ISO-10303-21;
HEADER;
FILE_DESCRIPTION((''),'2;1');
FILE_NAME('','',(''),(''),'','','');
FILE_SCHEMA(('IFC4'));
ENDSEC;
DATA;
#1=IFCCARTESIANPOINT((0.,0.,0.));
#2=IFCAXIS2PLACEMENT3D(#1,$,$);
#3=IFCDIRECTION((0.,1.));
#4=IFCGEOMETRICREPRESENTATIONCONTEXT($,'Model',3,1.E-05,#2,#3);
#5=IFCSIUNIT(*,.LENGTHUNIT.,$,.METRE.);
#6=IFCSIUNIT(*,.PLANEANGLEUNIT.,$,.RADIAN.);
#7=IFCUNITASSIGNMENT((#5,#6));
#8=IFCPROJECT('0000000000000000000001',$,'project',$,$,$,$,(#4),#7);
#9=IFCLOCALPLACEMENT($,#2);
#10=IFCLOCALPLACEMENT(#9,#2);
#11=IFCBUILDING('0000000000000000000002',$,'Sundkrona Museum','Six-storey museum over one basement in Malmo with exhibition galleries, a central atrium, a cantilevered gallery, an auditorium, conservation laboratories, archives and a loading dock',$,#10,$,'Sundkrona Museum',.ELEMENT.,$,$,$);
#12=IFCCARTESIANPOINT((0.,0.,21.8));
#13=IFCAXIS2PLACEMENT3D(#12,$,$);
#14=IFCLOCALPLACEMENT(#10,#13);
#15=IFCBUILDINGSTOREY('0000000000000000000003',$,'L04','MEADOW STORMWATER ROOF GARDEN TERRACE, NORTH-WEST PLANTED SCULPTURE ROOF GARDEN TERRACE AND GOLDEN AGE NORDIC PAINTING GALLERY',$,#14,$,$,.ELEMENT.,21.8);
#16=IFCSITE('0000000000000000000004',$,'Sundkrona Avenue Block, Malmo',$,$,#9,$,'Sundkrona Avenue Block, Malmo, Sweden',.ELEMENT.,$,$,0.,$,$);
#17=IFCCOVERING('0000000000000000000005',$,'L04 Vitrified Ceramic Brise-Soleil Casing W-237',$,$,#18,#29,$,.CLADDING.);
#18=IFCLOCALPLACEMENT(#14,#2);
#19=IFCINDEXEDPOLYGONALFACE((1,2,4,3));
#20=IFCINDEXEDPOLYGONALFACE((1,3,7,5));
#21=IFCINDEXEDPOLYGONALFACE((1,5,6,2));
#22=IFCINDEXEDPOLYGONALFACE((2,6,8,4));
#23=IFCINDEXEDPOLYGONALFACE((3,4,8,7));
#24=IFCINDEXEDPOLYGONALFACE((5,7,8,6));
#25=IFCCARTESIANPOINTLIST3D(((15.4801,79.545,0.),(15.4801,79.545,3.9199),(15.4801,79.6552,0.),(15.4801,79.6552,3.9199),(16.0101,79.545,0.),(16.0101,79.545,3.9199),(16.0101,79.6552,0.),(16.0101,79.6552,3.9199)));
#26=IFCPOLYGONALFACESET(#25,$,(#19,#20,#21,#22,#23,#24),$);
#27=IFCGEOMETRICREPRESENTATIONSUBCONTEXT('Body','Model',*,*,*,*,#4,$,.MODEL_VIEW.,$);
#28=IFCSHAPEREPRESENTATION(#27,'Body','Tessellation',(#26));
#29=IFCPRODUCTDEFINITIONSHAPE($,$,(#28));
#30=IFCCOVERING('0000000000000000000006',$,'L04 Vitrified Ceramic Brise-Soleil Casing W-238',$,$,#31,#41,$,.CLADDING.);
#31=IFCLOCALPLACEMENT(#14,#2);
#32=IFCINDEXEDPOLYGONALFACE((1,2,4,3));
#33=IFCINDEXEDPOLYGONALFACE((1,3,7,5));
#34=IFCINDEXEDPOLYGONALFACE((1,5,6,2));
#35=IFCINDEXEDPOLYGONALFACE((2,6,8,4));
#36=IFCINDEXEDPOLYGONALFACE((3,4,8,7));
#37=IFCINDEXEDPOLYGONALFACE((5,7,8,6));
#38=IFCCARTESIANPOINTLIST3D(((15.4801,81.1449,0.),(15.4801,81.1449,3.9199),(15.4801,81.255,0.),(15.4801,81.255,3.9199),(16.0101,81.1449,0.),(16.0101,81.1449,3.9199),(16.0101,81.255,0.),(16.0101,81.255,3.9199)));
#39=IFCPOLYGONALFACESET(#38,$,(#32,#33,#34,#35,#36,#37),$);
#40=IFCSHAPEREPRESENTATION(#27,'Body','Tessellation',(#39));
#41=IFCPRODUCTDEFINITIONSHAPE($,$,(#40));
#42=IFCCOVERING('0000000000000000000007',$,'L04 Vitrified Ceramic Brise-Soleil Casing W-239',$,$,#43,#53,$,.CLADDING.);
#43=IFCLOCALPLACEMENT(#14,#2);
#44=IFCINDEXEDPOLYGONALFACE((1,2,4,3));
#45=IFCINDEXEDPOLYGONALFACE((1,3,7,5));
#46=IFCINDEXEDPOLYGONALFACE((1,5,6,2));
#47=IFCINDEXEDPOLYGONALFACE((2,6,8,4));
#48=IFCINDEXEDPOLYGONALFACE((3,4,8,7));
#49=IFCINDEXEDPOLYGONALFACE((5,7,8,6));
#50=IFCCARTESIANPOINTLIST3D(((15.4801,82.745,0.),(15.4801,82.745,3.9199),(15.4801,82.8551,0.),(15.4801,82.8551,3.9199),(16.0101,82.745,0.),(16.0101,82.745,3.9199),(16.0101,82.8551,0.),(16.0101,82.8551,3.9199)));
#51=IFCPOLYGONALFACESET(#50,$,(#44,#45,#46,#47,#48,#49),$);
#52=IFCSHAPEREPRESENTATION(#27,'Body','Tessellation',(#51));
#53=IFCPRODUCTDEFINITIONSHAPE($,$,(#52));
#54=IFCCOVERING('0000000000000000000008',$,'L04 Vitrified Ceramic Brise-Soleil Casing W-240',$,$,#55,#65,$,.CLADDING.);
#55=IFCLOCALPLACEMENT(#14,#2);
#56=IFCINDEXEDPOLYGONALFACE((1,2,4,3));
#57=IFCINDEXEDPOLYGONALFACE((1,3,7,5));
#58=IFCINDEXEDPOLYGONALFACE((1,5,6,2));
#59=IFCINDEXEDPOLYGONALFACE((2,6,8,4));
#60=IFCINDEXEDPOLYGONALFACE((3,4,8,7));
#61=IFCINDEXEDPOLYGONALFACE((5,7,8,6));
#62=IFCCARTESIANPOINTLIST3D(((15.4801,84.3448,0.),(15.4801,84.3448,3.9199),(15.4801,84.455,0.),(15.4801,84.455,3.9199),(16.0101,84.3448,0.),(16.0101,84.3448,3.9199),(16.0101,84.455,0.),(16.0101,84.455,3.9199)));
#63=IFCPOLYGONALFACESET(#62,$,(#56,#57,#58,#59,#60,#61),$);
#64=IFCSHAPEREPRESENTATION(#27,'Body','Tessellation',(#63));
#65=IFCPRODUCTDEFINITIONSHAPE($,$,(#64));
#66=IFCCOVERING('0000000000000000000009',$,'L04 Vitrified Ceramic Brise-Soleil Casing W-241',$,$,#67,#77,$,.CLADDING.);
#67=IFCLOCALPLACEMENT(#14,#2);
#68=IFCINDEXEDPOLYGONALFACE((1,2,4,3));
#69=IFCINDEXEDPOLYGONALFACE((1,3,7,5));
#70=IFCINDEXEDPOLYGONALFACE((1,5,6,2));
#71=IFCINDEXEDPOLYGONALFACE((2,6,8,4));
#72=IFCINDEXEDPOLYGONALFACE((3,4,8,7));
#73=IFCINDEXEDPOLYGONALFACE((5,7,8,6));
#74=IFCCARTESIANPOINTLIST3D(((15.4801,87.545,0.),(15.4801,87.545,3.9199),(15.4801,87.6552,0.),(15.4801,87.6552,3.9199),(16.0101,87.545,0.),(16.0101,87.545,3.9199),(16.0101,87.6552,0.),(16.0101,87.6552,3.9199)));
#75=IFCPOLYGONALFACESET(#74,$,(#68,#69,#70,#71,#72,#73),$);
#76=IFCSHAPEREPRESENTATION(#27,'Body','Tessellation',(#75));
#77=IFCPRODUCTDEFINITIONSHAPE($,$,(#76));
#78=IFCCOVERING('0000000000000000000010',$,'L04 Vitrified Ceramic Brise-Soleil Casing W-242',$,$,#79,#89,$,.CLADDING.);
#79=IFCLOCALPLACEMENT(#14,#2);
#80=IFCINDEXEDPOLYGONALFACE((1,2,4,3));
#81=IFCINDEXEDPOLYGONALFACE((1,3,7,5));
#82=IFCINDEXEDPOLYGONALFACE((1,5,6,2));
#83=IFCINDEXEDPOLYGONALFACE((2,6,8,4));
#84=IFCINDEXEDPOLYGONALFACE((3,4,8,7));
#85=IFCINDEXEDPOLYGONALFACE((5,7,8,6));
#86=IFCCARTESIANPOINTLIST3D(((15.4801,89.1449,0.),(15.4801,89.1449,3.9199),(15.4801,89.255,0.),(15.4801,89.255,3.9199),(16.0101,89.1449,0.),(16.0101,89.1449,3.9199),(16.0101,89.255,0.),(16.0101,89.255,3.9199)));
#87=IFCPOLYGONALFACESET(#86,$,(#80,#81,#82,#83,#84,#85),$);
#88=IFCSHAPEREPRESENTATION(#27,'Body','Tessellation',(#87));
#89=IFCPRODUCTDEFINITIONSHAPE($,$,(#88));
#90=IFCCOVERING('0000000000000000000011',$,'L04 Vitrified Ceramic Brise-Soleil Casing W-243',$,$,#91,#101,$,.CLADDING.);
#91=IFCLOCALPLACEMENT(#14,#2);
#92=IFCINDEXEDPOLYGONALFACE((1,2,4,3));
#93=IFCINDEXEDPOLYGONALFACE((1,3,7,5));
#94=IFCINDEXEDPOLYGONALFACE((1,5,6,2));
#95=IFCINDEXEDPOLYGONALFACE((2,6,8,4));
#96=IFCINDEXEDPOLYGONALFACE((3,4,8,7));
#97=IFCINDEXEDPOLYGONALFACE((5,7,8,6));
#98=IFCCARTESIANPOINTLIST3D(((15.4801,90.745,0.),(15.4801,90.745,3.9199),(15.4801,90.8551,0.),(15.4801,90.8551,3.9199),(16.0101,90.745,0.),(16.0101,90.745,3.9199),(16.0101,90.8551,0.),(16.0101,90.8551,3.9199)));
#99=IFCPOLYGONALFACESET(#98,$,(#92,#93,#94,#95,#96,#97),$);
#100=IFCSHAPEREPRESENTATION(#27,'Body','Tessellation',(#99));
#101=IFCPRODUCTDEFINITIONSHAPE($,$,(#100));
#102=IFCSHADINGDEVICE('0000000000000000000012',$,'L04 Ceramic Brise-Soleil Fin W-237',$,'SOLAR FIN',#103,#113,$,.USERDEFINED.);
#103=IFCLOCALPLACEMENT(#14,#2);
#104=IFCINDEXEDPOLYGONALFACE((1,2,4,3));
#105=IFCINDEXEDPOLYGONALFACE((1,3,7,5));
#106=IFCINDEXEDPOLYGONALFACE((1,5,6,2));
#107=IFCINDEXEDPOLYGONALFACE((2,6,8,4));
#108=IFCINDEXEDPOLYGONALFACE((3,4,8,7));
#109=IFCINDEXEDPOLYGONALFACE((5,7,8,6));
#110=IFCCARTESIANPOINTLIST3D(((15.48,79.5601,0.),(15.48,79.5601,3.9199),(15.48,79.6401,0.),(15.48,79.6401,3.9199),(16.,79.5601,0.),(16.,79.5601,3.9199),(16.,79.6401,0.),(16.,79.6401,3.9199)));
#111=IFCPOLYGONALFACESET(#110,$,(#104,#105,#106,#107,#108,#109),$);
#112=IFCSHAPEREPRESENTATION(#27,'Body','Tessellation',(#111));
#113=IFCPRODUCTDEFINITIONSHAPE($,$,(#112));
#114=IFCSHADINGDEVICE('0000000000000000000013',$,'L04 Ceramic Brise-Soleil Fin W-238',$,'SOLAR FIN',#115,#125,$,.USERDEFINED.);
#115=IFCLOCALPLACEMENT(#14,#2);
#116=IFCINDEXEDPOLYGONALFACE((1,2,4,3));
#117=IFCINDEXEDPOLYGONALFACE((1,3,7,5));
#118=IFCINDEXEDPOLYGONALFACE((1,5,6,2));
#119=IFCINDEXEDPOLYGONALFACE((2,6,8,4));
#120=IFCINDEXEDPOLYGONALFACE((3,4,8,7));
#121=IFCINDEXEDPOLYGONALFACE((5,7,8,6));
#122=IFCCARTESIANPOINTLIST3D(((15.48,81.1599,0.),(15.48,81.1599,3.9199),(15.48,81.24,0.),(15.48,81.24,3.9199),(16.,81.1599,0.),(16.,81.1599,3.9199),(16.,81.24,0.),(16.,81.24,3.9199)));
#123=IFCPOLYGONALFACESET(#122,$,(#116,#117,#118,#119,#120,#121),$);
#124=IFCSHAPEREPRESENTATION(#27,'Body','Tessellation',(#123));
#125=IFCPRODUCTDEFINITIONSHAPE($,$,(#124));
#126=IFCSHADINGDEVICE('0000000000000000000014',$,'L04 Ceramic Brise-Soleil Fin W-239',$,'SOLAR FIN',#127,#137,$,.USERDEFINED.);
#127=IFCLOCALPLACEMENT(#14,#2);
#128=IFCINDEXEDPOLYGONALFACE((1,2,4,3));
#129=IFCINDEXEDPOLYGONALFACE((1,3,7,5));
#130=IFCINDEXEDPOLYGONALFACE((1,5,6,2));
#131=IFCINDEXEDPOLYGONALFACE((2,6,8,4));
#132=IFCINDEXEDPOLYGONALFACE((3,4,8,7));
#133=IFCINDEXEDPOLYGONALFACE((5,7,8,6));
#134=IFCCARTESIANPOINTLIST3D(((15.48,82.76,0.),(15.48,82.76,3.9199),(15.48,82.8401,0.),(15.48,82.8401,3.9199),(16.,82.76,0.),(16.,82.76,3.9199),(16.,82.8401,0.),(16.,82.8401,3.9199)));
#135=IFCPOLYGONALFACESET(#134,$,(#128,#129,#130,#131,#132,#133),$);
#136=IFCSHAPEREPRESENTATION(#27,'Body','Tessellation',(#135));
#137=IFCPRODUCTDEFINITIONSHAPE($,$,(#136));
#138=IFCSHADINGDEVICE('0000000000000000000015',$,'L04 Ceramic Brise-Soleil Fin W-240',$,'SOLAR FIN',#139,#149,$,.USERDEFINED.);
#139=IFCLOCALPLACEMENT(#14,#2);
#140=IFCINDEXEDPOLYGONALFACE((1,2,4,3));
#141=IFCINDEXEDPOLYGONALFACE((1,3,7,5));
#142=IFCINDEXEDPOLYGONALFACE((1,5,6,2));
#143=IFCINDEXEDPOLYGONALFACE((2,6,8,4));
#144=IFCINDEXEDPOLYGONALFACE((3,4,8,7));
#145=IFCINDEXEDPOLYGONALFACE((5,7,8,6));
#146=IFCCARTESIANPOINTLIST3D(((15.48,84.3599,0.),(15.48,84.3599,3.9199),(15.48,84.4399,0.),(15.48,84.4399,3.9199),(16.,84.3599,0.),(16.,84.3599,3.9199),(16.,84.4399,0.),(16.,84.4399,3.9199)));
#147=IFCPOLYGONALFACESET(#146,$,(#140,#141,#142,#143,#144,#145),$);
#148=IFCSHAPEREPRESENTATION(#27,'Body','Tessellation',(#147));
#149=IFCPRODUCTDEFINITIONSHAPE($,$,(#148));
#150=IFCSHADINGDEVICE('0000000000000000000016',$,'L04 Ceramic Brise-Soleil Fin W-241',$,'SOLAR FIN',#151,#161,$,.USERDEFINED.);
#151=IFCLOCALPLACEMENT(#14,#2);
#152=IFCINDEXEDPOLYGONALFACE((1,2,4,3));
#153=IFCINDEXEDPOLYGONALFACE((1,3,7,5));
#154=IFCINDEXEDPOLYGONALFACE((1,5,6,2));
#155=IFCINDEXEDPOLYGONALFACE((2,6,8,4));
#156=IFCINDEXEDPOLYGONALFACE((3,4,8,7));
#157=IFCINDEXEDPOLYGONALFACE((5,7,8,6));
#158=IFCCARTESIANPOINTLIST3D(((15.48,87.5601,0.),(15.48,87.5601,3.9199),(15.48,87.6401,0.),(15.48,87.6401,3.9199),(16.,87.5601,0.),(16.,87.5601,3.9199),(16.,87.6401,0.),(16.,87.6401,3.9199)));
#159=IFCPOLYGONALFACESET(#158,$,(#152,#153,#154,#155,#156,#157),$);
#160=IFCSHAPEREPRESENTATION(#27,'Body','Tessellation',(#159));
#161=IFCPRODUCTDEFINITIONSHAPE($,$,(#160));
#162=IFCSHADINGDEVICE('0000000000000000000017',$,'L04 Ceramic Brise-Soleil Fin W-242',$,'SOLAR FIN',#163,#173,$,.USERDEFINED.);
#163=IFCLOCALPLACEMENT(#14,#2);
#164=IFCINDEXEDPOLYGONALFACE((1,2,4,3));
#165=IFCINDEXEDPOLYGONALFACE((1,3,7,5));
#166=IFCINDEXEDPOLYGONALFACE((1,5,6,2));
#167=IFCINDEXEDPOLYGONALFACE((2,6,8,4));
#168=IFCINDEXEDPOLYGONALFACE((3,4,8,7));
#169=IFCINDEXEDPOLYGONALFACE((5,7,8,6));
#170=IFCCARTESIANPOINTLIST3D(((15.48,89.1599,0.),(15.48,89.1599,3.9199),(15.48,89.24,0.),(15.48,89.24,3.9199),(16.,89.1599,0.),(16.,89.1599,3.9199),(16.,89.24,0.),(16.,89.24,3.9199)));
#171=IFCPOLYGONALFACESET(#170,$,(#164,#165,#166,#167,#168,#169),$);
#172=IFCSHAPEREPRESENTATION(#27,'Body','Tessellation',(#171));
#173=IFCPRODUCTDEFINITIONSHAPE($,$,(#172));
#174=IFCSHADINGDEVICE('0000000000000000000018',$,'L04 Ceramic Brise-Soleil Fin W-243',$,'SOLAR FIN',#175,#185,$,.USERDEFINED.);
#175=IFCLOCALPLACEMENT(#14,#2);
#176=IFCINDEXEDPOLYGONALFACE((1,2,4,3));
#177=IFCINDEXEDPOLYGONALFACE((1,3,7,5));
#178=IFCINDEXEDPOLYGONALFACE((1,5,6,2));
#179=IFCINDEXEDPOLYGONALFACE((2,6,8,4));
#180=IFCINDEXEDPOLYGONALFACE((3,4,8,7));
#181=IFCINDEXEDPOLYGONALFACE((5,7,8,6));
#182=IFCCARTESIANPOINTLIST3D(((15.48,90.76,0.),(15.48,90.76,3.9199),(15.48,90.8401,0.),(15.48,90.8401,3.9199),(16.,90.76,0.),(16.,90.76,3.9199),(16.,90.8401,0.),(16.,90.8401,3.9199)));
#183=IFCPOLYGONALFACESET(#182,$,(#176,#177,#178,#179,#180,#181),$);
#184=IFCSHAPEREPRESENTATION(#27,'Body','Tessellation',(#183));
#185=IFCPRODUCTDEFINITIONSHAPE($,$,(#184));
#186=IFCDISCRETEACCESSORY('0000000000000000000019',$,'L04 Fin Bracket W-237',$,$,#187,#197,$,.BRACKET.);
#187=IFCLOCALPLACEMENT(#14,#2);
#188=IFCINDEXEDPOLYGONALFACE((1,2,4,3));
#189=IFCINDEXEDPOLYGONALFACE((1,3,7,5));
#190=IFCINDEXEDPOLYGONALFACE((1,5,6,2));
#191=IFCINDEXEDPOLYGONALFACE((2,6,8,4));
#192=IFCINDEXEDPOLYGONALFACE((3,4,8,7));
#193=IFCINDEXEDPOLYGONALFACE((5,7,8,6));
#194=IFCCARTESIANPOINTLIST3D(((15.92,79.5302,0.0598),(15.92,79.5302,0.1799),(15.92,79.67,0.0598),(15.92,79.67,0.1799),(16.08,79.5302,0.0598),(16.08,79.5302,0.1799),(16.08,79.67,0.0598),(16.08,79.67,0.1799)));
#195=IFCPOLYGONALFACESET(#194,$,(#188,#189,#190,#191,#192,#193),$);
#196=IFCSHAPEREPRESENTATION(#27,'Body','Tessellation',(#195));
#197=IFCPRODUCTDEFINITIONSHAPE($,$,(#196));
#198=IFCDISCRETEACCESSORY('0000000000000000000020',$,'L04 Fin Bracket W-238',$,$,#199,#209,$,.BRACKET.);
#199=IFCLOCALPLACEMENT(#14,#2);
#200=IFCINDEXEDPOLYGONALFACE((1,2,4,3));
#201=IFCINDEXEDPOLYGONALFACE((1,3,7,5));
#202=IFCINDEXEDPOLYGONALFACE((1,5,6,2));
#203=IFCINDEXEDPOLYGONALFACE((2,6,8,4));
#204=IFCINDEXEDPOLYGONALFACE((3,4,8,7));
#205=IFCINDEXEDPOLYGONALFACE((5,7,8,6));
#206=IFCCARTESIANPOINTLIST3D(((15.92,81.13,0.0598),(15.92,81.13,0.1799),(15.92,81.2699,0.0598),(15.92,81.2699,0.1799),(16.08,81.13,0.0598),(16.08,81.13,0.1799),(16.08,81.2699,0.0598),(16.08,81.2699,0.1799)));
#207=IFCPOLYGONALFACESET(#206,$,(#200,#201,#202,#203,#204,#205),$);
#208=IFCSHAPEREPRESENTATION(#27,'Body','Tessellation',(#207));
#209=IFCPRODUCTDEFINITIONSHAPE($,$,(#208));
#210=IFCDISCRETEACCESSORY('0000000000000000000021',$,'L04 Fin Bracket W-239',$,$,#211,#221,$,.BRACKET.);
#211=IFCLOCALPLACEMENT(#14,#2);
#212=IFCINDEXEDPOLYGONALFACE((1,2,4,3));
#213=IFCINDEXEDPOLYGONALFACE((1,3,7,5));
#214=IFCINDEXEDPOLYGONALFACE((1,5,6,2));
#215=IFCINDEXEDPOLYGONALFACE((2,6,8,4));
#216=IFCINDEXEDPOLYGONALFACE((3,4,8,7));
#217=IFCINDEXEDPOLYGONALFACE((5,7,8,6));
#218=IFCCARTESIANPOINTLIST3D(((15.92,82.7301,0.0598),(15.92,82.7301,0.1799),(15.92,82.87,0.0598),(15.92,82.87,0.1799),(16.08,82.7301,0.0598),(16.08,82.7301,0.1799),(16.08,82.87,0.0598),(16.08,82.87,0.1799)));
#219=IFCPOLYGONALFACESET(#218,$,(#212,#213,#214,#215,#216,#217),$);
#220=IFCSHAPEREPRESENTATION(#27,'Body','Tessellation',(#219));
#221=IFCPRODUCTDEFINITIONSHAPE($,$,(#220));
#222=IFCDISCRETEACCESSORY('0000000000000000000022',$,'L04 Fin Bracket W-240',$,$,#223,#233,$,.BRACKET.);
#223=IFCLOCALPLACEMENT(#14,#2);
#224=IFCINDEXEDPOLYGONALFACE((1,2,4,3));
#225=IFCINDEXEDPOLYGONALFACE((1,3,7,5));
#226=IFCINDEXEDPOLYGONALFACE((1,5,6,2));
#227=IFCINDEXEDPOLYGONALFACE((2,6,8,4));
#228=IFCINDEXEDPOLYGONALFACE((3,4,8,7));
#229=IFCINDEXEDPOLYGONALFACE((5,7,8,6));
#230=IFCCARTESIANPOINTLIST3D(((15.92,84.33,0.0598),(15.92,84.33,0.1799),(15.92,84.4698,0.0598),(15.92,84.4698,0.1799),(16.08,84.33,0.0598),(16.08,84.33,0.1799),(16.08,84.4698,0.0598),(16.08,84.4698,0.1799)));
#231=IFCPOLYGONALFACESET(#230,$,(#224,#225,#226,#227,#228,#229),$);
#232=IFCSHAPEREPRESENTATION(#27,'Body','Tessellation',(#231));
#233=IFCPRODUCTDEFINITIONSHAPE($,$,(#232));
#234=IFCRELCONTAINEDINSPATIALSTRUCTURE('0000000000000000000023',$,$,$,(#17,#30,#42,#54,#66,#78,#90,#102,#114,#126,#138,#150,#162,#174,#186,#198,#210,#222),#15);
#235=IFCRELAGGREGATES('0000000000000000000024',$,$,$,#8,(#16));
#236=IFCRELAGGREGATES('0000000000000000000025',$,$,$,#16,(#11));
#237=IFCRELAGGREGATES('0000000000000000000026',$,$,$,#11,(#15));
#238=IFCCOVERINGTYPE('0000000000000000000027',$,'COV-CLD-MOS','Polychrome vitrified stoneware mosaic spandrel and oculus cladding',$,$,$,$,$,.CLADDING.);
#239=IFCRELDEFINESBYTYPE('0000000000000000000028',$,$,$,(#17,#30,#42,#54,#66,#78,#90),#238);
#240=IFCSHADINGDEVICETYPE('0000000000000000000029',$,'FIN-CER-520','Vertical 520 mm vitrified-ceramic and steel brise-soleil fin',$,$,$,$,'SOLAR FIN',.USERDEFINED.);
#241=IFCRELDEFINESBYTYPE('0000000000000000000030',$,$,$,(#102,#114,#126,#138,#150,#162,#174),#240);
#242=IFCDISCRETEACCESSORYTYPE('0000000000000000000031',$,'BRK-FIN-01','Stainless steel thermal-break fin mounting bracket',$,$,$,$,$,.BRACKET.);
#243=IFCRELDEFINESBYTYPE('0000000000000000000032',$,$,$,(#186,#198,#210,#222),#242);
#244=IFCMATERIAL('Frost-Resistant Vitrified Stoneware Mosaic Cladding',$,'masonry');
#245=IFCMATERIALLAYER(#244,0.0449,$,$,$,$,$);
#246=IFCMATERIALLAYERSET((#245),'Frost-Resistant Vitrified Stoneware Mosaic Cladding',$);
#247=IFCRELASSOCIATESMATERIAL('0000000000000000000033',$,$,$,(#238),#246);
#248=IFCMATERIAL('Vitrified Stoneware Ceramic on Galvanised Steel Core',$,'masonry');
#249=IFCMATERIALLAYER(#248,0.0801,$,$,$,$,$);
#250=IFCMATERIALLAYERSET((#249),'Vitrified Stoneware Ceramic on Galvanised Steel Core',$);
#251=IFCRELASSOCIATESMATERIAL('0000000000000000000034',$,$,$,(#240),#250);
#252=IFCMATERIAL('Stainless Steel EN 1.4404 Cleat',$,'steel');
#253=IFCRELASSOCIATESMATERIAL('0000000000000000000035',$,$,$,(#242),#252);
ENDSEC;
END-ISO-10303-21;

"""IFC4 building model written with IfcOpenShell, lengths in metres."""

from ifc_helpers import new_model, si_unit, direction, frame, origin, origin_2d, place, context, subcontext, project, spatial, rectangle, extrude, material, layer, layer_set, type_object, element, save


model = new_model("IFC4")

# Units and contexts
model_context = context("Model", 3, precision=1e-05, world=origin(), true_north=direction((0.0, 1.0)))
body_context = subcontext(model_context, "Body", "Model", "MODEL_VIEW")
ifc_project = project(units=[si_unit("LENGTHUNIT", "METRE"), si_unit("PLANEANGLEUNIT", "RADIAN")], contexts=[model_context])

# Site, building, storey
site_placement = place(None, origin())
site = spatial("IfcSite", under=ifc_project, at=site_placement, Name="Sundkrona Avenue Block, Malmo", LongName="Sundkrona Avenue Block, Malmo, Sweden", CompositionType="ELEMENT", RefElevation=0.0)
building_placement = place(site_placement, origin())
building = spatial("IfcBuilding", under=site, at=building_placement, Name="Sundkrona Museum", Description="Six-storey museum over one basement in Malmo with exhibition galleries, a central atrium, a cantilevered gallery, an auditorium, conservation laboratories, archives and a loading dock", LongName="Sundkrona Museum", CompositionType="ELEMENT")
storey_placement = place(building_placement, frame((0.0, 0.0, 21.8)))
storey = spatial("IfcBuildingStorey", under=building, at=storey_placement, Name="L04", Description="MEADOW STORMWATER ROOF GARDEN TERRACE, NORTH-WEST PLANTED SCULPTURE ROOF GARDEN TERRACE AND GOLDEN AGE NORDIC PAINTING GALLERY", CompositionType="ELEMENT", Elevation=21.8)

# Coverings
ifc_material_1 = material(Name="Frost-Resistant Vitrified Stoneware Mosaic Cladding", Category="masonry")
ifc_layer_1 = layer(ifc_material_1, 0.0449)
ifc_layer_set_1 = layer_set([ifc_layer_1], Name="Frost-Resistant Vitrified Stoneware Mosaic Cladding")
covering_type = type_object("IfcCoveringType", Name="COV-CLD-MOS", Description="Polychrome vitrified stoneware mosaic spandrel and oculus cladding", PredefinedType="CLADDING", material=ifc_layer_set_1)
for number, where, z_axis, x_axis, name in (
    (1, (15.7451, 79.6001, 0.0), (0.0, 0.0, 1.0), (1.0, 0.0, 0.0), "L04 Vitrified Ceramic Brise-Soleil Casing W-237"),
    (2, (15.7451, 81.2, 0.0), (0.0, 0.0, 1.0), (1.0, 0.0, 0.0), "L04 Vitrified Ceramic Brise-Soleil Casing W-238"),
    (3, (15.7451, 82.8, 0.0), (0.0, 0.0, 1.0), (1.0, 0.0, 0.0), "L04 Vitrified Ceramic Brise-Soleil Casing W-239"),
    (4, (15.7451, 84.3999, 0.0), (0.0, 0.0, 1.0), (1.0, 0.0, 0.0), "L04 Vitrified Ceramic Brise-Soleil Casing W-240"),
    (5, (15.7451, 87.6001, 0.0), (0.0, 0.0, 1.0), (1.0, 0.0, 0.0), "L04 Vitrified Ceramic Brise-Soleil Casing W-241"),
    (6, (15.7451, 89.2, 0.0), (0.0, 0.0, 1.0), (1.0, 0.0, 0.0), "L04 Vitrified Ceramic Brise-Soleil Casing W-242"),
    (7, (15.7451, 90.8, 0.0), (0.0, 0.0, 1.0), (1.0, 0.0, 0.0), "L04 Vitrified Ceramic Brise-Soleil Casing W-243"),
):
    element("IfcCovering", number, at=place(storey_placement, frame(where, z_axis=z_axis, x_axis=x_axis)), inside=storey, type_object=covering_type, Name=name, PredefinedType="CLADDING", context=body_context, shape_type="SweptSolid", body=[
        extrude(rectangle(XDim=0.53, YDim=0.1101, at=origin_2d()), origin(), (0.0, 0.0, 1.0), 3.9199),
    ])

# Shading devices
ifc_material_2 = material(Name="Vitrified Stoneware Ceramic on Galvanised Steel Core", Category="masonry")
ifc_layer_2 = layer(ifc_material_2, 0.0801)
ifc_layer_set_2 = layer_set([ifc_layer_2], Name="Vitrified Stoneware Ceramic on Galvanised Steel Core")
shading_device_type = type_object("IfcShadingDeviceType", Name="FIN-CER-520", Description="Vertical 520 mm vitrified-ceramic and steel brise-soleil fin", ElementType="SOLAR FIN", PredefinedType="USERDEFINED", material=ifc_layer_set_2)
for number, where, z_axis, x_axis, name in (
    (8, (15.74, 79.6001, 0.0), (0.0, 0.0, 1.0), (1.0, 0.0, 0.0), "L04 Ceramic Brise-Soleil Fin W-237"),
    (9, (15.74, 81.2, 0.0), (0.0, 0.0, 1.0), (1.0, 0.0, 0.0), "L04 Ceramic Brise-Soleil Fin W-238"),
    (10, (15.74, 82.8, 0.0), (0.0, 0.0, 1.0), (1.0, 0.0, 0.0), "L04 Ceramic Brise-Soleil Fin W-239"),
    (11, (15.74, 84.3999, 0.0), (0.0, 0.0, 1.0), (1.0, 0.0, 0.0), "L04 Ceramic Brise-Soleil Fin W-240"),
    (12, (15.74, 87.6001, 0.0), (0.0, 0.0, 1.0), (1.0, 0.0, 0.0), "L04 Ceramic Brise-Soleil Fin W-241"),
    (13, (15.74, 89.2, 0.0), (0.0, 0.0, 1.0), (1.0, 0.0, 0.0), "L04 Ceramic Brise-Soleil Fin W-242"),
    (14, (15.74, 90.8, 0.0), (0.0, 0.0, 1.0), (1.0, 0.0, 0.0), "L04 Ceramic Brise-Soleil Fin W-243"),
):
    element("IfcShadingDevice", number, at=place(storey_placement, frame(where, z_axis=z_axis, x_axis=x_axis)), inside=storey, type_object=shading_device_type, Name=name, ObjectType="SOLAR FIN", PredefinedType="USERDEFINED", context=body_context, shape_type="SweptSolid", body=[
        extrude(rectangle(XDim=0.52, YDim=0.0801, at=origin_2d()), origin(), (0.0, 0.0, 1.0), 3.9199),
    ])

# Discrete accessories
ifc_material_3 = material(Name="Stainless Steel EN 1.4404 Cleat", Category="steel")
discrete_accessory_type = type_object("IfcDiscreteAccessoryType", Name="BRK-FIN-01", Description="Stainless steel thermal-break fin mounting bracket", PredefinedType="BRACKET", material=ifc_material_3)
for number, where, z_axis, x_axis, name in (
    (15, (16.0, 79.6001, 0.0598), (0.0, 0.0, 1.0), (1.0, 0.0, 0.0), "L04 Fin Bracket W-237"),
    (16, (16.0, 81.2, 0.0598), (0.0, 0.0, 1.0), (1.0, 0.0, 0.0), "L04 Fin Bracket W-238"),
    (17, (16.0, 82.8, 0.0598), (0.0, 0.0, 1.0), (1.0, 0.0, 0.0), "L04 Fin Bracket W-239"),
    (18, (16.0, 84.3999, 0.0598), (0.0, 0.0, 1.0), (1.0, 0.0, 0.0), "L04 Fin Bracket W-240"),
):
    element("IfcDiscreteAccessory", number, at=place(storey_placement, frame(where, z_axis=z_axis, x_axis=x_axis)), inside=storey, type_object=discrete_accessory_type, Name=name, PredefinedType="BRACKET", context=body_context, shape_type="SweptSolid", body=[
        extrude(rectangle(XDim=0.1599, YDim=0.1399, at=origin_2d()), origin(), (0.0, 0.0, 1.0), 0.1201),
    ])

save(model, "model.ifc")
